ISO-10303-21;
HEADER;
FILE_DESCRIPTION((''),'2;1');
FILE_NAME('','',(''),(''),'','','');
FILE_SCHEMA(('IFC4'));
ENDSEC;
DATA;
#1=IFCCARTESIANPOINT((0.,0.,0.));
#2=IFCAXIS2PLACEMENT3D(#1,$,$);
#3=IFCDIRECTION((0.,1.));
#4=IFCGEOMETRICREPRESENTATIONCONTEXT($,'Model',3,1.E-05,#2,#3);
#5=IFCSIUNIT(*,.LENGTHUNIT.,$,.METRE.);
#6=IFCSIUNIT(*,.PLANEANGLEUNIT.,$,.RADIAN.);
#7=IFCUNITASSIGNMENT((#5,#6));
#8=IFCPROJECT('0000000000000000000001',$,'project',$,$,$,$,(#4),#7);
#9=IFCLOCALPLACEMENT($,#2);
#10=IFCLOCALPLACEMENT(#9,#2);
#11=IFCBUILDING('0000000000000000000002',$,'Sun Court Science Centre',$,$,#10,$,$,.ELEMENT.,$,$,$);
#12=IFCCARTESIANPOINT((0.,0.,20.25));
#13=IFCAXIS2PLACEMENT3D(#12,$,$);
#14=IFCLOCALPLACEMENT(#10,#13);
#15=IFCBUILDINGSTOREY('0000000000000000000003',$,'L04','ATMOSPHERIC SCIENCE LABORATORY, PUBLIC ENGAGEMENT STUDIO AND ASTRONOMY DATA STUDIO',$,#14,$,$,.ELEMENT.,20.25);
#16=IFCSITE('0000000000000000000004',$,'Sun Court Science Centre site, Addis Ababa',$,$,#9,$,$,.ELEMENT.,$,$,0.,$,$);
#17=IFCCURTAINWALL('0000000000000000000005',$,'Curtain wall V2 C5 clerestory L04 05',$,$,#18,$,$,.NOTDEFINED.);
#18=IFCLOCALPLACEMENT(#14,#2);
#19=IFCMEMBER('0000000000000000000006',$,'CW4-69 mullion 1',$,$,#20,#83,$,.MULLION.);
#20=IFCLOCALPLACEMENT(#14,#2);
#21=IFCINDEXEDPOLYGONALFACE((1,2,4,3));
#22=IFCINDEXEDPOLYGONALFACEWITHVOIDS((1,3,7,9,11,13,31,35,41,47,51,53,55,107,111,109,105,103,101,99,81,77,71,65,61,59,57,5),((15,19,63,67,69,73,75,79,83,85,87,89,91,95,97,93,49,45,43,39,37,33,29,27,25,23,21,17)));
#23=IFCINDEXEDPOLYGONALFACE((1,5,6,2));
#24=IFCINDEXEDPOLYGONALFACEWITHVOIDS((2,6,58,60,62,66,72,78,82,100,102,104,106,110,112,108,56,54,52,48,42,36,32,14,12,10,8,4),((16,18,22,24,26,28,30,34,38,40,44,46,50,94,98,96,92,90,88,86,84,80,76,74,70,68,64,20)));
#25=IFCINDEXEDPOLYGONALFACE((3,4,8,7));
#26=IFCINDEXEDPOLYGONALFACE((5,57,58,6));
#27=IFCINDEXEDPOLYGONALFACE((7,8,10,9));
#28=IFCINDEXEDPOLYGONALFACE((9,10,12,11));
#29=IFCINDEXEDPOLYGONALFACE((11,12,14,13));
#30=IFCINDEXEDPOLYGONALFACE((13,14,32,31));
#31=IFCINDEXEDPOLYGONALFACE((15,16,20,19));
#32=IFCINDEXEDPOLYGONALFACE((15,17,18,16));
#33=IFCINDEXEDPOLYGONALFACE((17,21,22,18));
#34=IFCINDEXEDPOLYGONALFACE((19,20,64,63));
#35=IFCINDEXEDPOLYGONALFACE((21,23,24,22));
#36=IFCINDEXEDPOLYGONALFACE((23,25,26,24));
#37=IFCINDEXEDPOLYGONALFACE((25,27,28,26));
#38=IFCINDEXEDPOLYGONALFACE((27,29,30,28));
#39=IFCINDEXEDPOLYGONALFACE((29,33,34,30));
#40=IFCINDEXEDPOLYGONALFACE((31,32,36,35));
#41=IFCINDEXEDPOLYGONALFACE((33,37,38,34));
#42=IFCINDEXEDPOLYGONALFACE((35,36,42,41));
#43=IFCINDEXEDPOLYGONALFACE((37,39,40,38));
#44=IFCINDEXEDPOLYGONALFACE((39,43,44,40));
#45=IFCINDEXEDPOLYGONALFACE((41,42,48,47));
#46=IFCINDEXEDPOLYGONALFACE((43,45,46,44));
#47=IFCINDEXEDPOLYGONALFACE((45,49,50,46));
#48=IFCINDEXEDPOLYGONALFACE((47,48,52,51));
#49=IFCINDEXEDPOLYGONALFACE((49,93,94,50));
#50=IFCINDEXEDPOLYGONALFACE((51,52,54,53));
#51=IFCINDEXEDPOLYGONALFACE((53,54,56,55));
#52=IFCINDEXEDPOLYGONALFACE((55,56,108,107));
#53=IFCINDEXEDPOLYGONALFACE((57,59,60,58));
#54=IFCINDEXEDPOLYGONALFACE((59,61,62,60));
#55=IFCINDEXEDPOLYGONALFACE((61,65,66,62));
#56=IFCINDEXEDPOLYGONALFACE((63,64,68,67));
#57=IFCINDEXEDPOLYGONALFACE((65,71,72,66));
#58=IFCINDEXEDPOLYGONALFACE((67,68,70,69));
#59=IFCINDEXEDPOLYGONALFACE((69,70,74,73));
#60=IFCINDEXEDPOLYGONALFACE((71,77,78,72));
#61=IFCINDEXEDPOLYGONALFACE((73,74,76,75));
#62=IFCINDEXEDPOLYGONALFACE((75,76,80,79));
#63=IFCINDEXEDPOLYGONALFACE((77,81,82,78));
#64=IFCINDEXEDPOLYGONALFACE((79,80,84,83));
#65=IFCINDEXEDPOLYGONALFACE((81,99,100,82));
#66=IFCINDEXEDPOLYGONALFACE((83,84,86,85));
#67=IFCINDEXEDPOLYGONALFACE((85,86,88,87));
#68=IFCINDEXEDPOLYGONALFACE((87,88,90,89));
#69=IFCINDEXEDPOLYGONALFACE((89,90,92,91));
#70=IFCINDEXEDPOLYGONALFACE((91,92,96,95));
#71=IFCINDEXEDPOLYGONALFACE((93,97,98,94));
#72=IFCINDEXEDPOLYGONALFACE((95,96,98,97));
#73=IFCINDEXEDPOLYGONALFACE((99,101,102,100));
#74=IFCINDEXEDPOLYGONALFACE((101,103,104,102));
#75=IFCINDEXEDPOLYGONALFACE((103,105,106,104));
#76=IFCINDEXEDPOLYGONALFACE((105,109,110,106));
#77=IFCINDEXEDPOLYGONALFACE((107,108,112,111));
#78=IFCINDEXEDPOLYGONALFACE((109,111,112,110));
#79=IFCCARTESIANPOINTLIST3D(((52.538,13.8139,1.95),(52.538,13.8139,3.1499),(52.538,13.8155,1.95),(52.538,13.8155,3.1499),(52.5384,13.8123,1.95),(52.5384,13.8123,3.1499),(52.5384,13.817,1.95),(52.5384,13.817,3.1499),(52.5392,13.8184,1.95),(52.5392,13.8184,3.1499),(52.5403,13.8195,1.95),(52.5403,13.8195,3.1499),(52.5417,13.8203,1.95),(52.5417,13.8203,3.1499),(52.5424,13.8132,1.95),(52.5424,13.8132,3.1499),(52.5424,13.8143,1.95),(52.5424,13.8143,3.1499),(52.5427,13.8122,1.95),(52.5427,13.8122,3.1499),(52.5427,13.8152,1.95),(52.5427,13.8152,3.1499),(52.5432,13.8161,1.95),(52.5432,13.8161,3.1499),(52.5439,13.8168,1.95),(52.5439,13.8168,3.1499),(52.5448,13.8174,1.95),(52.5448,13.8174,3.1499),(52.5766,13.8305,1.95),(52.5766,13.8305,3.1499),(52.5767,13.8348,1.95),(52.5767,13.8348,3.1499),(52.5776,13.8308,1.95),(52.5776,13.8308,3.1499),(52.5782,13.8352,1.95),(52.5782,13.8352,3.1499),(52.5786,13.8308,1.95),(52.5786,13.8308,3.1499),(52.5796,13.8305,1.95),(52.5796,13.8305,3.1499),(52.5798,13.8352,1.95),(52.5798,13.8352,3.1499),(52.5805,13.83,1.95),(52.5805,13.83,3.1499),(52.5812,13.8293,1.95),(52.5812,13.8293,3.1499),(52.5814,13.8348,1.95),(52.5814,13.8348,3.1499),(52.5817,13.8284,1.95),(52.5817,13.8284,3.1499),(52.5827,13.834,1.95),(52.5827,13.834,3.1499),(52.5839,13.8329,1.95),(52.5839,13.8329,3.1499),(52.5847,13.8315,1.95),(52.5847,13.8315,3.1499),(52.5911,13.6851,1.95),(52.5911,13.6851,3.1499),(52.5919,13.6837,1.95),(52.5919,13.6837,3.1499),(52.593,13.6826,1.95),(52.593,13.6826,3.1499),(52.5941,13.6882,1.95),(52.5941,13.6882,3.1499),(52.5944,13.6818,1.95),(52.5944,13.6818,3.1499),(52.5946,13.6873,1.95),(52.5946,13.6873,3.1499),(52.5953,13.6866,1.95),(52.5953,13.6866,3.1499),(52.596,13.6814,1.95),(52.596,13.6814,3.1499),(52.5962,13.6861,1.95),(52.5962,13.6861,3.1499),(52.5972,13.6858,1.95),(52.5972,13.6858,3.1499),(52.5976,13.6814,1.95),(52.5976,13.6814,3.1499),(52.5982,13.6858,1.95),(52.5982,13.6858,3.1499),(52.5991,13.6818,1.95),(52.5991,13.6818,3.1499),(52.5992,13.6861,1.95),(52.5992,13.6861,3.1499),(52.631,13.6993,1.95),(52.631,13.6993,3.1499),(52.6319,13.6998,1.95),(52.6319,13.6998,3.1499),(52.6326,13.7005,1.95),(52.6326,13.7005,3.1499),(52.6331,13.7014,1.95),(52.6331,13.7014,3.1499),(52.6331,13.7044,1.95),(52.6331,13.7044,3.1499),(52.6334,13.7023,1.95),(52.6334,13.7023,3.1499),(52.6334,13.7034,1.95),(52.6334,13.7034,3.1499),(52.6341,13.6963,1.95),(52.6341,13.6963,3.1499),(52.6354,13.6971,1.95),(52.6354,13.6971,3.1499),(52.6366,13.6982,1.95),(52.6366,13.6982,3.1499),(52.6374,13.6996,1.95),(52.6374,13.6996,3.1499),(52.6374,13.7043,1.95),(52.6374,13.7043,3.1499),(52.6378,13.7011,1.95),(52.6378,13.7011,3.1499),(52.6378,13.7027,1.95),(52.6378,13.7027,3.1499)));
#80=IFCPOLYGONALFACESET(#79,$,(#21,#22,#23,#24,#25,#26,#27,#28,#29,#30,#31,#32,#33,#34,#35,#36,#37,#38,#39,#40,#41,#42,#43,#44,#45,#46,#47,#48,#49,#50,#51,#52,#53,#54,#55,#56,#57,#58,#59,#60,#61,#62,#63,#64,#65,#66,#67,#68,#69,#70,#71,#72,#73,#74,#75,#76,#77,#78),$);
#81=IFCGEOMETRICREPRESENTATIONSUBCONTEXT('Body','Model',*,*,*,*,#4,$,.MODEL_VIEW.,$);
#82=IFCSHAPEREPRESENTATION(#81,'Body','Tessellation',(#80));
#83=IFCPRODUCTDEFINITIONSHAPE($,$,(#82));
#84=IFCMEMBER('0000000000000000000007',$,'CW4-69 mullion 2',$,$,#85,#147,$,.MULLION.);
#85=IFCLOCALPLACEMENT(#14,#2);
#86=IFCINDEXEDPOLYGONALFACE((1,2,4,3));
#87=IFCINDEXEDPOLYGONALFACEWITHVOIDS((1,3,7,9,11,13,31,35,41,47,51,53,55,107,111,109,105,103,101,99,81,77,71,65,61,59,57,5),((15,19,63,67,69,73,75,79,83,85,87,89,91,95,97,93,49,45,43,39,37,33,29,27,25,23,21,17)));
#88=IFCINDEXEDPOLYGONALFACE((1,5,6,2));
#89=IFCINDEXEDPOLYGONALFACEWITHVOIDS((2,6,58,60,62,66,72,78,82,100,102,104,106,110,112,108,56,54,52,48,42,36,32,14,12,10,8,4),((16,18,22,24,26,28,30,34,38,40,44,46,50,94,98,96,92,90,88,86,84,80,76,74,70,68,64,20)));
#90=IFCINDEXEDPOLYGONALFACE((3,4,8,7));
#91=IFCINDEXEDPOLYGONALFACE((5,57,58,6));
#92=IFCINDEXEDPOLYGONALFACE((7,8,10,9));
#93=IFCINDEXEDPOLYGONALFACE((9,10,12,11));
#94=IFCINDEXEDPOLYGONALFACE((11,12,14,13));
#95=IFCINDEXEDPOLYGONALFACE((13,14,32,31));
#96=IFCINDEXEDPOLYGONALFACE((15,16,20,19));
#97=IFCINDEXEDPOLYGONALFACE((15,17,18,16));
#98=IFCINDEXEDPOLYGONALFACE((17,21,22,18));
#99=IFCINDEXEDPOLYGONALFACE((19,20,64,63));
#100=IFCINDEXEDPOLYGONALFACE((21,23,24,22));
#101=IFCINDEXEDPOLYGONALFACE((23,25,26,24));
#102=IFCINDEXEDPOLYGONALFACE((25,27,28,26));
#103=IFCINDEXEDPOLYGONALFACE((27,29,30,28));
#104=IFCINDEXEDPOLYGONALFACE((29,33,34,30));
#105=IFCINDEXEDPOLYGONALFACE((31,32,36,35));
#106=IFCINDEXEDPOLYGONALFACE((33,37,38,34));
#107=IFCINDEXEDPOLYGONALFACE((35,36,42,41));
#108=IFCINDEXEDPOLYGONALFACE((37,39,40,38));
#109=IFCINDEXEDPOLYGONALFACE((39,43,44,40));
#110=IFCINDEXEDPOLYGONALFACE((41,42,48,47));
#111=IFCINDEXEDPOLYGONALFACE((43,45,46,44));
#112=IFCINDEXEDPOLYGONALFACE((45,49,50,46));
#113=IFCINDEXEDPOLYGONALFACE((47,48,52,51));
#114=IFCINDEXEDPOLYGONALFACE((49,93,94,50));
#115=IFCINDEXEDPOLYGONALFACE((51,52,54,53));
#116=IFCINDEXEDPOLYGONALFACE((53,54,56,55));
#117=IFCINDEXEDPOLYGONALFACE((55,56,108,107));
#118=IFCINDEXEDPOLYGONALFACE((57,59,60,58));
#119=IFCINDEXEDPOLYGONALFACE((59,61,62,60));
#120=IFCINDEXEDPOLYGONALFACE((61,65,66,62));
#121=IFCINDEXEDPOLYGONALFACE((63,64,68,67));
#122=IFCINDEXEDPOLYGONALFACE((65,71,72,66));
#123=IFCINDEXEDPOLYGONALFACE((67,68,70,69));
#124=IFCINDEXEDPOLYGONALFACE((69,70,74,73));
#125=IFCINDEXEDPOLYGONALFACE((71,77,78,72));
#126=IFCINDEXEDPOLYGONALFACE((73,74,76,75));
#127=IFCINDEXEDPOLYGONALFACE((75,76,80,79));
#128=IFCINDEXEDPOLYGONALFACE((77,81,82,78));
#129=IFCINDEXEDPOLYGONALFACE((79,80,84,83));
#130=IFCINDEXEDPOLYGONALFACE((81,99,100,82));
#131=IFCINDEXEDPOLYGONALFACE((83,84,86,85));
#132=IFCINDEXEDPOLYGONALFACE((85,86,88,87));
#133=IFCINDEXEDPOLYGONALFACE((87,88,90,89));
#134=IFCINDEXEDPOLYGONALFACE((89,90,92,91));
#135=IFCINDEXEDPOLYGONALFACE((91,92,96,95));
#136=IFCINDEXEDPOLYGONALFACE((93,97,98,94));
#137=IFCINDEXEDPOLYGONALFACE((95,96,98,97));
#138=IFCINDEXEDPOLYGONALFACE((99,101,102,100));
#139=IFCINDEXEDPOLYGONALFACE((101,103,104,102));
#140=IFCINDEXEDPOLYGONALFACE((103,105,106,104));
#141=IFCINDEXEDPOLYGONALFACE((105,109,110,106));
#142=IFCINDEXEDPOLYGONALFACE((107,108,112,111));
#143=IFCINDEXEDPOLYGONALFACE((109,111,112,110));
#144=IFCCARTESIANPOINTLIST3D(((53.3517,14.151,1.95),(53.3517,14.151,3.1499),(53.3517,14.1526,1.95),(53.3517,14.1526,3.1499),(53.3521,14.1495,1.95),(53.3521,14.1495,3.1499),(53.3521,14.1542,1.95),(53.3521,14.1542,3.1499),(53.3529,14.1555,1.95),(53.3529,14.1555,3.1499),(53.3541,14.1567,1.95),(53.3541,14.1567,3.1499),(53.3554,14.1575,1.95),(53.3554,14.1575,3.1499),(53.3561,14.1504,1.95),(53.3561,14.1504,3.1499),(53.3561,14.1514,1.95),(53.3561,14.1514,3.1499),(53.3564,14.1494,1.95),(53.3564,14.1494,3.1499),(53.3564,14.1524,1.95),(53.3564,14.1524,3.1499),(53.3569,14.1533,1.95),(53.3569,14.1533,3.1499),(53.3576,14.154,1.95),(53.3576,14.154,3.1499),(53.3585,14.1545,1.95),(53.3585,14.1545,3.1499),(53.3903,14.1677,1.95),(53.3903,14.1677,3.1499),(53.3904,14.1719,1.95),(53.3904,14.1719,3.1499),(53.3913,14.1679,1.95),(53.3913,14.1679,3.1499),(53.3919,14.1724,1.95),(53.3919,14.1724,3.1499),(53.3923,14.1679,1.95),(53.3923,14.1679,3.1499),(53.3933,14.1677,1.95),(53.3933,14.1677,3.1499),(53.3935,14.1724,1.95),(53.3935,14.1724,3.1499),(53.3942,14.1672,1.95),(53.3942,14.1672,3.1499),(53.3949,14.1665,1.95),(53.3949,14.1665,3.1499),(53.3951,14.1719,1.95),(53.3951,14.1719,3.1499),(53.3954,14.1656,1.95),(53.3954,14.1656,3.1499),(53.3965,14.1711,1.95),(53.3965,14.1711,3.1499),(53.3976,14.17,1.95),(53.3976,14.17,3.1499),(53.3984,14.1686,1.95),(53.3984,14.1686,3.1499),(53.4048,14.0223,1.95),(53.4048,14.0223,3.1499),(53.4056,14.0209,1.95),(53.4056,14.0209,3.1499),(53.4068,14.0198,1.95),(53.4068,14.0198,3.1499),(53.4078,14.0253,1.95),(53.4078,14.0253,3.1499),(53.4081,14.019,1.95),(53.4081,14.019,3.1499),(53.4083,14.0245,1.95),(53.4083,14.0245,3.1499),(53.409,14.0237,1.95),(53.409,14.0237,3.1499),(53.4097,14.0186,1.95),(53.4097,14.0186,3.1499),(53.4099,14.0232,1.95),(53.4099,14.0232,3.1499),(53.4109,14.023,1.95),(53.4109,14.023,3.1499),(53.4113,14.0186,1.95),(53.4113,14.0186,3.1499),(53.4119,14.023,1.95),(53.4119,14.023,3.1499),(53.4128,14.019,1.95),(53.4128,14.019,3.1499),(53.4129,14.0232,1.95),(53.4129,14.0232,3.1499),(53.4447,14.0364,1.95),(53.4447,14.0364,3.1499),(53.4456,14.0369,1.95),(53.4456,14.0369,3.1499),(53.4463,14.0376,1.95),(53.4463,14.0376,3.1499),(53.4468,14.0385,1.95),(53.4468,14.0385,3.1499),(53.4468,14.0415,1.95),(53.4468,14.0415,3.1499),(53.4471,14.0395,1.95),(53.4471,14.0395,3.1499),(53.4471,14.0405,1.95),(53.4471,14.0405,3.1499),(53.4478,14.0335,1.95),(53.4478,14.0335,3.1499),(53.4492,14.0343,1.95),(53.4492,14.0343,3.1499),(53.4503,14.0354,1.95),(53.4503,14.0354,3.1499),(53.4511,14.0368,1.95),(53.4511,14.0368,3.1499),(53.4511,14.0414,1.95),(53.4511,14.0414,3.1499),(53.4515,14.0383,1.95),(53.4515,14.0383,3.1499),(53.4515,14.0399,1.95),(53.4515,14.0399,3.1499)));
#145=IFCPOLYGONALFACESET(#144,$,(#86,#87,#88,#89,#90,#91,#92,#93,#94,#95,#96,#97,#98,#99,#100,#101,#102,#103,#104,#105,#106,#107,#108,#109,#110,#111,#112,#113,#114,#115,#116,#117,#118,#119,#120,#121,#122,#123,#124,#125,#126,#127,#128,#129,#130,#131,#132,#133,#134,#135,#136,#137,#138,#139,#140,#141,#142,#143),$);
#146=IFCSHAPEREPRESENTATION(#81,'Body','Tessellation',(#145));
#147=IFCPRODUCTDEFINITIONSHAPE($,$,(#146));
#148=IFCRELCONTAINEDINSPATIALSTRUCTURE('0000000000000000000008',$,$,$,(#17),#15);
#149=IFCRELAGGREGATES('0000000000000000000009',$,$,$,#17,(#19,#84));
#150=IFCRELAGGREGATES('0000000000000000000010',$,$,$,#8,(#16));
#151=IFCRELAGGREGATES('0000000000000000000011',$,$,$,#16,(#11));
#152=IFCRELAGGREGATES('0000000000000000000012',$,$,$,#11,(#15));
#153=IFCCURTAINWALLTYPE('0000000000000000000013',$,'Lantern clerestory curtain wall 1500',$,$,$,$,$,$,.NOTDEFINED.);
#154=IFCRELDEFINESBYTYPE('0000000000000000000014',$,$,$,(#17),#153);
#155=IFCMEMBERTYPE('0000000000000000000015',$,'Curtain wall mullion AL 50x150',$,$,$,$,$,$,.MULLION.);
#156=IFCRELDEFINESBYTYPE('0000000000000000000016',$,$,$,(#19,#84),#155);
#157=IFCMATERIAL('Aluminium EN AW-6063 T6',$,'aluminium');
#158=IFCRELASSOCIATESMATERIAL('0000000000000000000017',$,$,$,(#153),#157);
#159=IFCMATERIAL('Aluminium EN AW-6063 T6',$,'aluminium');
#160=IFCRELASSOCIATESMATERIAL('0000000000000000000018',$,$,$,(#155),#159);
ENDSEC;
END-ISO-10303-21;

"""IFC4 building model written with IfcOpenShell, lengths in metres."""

from ifc_helpers import new_model, si_unit, direction, frame, origin, origin_2d, place, context, subcontext, project, spatial, hollow_rectangle, extrude, material, material_profile, profile_set, type_object, element, aggregate, save


model = new_model("IFC4")

# Units and contexts
model_context = context("Model", 3, precision=1e-05, world=origin(), true_north=direction((0.0, 1.0)))
body_context = subcontext(model_context, "Body", "Model", "MODEL_VIEW")
ifc_project = project(units=[si_unit("LENGTHUNIT", "METRE"), si_unit("PLANEANGLEUNIT", "RADIAN")], contexts=[model_context])

# Site, building, storey
site_placement = place(None, origin())
site = spatial("IfcSite", under=ifc_project, at=site_placement, Name="Sun Court Science Centre site, Addis Ababa", CompositionType="ELEMENT", RefElevation=0.0)
building_placement = place(site_placement, origin())
building = spatial("IfcBuilding", under=site, at=building_placement, Name="Sun Court Science Centre", CompositionType="ELEMENT")
storey_placement = place(building_placement, frame((0.0, 0.0, 20.25)))
storey = spatial("IfcBuildingStorey", under=building, at=storey_placement, Name="L04", Description="ATMOSPHERIC SCIENCE LABORATORY, PUBLIC ENGAGEMENT STUDIO AND ASTRONOMY DATA STUDIO", CompositionType="ELEMENT", Elevation=20.25)

# Shared definitions
ifc_material_1 = material(Name="Aluminium EN AW-6063 T6", Category="aluminium")
curtain_wall_type = type_object("IfcCurtainWallType", Name="Lantern clerestory curtain wall 1500", PredefinedType="NOTDEFINED", material=ifc_material_1)
ifc_material_2 = material(Name="Aluminium EN AW-6063 T6", Category="aluminium")
ifc_material_profile_1 = material_profile(ifc_material_2, hollow_rectangle(XDim=0.05, YDim=0.1499, WallThickness=0.0039, InnerFilletRadius=0.0039, OuterFilletRadius=0.0061, at=origin_2d()), Name="AL 50x150x4")
ifc_profile_set_1 = profile_set([ifc_material_profile_1], Name="Aluminium EN AW-6063 T6")
member_type_1 = type_object("IfcMemberType", Name="Curtain wall mullion AL 50x150", PredefinedType="MULLION", material=ifc_profile_set_1)

# Curtain wall, members
curtain_wall_1_placement = place(storey_placement, origin())
curtain_wall_1 = element("IfcCurtainWall", 1, at=curtain_wall_1_placement, inside=storey, type_object=curtain_wall_type, Name="Curtain wall V2 C5 clerestory L04 05", PredefinedType="NOTDEFINED")
member_1_placement = place(storey_placement, frame((52.5879, 13.7583, 1.95), z_axis=(0.0, 0.0, 1.0), x_axis=(0.92388, 0.382683, 0.0)))
member_1 = element("IfcMember", 2, at=member_1_placement, type_object=member_type_1, Name="CW4-69 mullion 1", PredefinedType="MULLION", context=body_context, shape_type="SweptSolid", body=[
    extrude(hollow_rectangle(XDim=0.05, YDim=0.1499, WallThickness=0.0039, InnerFilletRadius=0.0039, OuterFilletRadius=0.0061, at=origin_2d()), origin(), (0.0, 0.0, 1.0), 1.2),
])
member_2_placement = place(storey_placement, frame((53.4016, 14.0955, 1.95), z_axis=(0.0, 0.0, 1.0), x_axis=(0.92388, 0.382683, 0.0)))
member_2 = element("IfcMember", 3, at=member_2_placement, type_object=member_type_1, Name="CW4-69 mullion 2", PredefinedType="MULLION", context=body_context, shape_type="SweptSolid", body=[
    extrude(hollow_rectangle(XDim=0.05, YDim=0.1499, WallThickness=0.0039, InnerFilletRadius=0.0039, OuterFilletRadius=0.0061, at=origin_2d()), origin(), (0.0, 0.0, 1.0), 1.2),
])

aggregate(curtain_wall_1, [member_1, member_2])

save(model, "model.ifc")
